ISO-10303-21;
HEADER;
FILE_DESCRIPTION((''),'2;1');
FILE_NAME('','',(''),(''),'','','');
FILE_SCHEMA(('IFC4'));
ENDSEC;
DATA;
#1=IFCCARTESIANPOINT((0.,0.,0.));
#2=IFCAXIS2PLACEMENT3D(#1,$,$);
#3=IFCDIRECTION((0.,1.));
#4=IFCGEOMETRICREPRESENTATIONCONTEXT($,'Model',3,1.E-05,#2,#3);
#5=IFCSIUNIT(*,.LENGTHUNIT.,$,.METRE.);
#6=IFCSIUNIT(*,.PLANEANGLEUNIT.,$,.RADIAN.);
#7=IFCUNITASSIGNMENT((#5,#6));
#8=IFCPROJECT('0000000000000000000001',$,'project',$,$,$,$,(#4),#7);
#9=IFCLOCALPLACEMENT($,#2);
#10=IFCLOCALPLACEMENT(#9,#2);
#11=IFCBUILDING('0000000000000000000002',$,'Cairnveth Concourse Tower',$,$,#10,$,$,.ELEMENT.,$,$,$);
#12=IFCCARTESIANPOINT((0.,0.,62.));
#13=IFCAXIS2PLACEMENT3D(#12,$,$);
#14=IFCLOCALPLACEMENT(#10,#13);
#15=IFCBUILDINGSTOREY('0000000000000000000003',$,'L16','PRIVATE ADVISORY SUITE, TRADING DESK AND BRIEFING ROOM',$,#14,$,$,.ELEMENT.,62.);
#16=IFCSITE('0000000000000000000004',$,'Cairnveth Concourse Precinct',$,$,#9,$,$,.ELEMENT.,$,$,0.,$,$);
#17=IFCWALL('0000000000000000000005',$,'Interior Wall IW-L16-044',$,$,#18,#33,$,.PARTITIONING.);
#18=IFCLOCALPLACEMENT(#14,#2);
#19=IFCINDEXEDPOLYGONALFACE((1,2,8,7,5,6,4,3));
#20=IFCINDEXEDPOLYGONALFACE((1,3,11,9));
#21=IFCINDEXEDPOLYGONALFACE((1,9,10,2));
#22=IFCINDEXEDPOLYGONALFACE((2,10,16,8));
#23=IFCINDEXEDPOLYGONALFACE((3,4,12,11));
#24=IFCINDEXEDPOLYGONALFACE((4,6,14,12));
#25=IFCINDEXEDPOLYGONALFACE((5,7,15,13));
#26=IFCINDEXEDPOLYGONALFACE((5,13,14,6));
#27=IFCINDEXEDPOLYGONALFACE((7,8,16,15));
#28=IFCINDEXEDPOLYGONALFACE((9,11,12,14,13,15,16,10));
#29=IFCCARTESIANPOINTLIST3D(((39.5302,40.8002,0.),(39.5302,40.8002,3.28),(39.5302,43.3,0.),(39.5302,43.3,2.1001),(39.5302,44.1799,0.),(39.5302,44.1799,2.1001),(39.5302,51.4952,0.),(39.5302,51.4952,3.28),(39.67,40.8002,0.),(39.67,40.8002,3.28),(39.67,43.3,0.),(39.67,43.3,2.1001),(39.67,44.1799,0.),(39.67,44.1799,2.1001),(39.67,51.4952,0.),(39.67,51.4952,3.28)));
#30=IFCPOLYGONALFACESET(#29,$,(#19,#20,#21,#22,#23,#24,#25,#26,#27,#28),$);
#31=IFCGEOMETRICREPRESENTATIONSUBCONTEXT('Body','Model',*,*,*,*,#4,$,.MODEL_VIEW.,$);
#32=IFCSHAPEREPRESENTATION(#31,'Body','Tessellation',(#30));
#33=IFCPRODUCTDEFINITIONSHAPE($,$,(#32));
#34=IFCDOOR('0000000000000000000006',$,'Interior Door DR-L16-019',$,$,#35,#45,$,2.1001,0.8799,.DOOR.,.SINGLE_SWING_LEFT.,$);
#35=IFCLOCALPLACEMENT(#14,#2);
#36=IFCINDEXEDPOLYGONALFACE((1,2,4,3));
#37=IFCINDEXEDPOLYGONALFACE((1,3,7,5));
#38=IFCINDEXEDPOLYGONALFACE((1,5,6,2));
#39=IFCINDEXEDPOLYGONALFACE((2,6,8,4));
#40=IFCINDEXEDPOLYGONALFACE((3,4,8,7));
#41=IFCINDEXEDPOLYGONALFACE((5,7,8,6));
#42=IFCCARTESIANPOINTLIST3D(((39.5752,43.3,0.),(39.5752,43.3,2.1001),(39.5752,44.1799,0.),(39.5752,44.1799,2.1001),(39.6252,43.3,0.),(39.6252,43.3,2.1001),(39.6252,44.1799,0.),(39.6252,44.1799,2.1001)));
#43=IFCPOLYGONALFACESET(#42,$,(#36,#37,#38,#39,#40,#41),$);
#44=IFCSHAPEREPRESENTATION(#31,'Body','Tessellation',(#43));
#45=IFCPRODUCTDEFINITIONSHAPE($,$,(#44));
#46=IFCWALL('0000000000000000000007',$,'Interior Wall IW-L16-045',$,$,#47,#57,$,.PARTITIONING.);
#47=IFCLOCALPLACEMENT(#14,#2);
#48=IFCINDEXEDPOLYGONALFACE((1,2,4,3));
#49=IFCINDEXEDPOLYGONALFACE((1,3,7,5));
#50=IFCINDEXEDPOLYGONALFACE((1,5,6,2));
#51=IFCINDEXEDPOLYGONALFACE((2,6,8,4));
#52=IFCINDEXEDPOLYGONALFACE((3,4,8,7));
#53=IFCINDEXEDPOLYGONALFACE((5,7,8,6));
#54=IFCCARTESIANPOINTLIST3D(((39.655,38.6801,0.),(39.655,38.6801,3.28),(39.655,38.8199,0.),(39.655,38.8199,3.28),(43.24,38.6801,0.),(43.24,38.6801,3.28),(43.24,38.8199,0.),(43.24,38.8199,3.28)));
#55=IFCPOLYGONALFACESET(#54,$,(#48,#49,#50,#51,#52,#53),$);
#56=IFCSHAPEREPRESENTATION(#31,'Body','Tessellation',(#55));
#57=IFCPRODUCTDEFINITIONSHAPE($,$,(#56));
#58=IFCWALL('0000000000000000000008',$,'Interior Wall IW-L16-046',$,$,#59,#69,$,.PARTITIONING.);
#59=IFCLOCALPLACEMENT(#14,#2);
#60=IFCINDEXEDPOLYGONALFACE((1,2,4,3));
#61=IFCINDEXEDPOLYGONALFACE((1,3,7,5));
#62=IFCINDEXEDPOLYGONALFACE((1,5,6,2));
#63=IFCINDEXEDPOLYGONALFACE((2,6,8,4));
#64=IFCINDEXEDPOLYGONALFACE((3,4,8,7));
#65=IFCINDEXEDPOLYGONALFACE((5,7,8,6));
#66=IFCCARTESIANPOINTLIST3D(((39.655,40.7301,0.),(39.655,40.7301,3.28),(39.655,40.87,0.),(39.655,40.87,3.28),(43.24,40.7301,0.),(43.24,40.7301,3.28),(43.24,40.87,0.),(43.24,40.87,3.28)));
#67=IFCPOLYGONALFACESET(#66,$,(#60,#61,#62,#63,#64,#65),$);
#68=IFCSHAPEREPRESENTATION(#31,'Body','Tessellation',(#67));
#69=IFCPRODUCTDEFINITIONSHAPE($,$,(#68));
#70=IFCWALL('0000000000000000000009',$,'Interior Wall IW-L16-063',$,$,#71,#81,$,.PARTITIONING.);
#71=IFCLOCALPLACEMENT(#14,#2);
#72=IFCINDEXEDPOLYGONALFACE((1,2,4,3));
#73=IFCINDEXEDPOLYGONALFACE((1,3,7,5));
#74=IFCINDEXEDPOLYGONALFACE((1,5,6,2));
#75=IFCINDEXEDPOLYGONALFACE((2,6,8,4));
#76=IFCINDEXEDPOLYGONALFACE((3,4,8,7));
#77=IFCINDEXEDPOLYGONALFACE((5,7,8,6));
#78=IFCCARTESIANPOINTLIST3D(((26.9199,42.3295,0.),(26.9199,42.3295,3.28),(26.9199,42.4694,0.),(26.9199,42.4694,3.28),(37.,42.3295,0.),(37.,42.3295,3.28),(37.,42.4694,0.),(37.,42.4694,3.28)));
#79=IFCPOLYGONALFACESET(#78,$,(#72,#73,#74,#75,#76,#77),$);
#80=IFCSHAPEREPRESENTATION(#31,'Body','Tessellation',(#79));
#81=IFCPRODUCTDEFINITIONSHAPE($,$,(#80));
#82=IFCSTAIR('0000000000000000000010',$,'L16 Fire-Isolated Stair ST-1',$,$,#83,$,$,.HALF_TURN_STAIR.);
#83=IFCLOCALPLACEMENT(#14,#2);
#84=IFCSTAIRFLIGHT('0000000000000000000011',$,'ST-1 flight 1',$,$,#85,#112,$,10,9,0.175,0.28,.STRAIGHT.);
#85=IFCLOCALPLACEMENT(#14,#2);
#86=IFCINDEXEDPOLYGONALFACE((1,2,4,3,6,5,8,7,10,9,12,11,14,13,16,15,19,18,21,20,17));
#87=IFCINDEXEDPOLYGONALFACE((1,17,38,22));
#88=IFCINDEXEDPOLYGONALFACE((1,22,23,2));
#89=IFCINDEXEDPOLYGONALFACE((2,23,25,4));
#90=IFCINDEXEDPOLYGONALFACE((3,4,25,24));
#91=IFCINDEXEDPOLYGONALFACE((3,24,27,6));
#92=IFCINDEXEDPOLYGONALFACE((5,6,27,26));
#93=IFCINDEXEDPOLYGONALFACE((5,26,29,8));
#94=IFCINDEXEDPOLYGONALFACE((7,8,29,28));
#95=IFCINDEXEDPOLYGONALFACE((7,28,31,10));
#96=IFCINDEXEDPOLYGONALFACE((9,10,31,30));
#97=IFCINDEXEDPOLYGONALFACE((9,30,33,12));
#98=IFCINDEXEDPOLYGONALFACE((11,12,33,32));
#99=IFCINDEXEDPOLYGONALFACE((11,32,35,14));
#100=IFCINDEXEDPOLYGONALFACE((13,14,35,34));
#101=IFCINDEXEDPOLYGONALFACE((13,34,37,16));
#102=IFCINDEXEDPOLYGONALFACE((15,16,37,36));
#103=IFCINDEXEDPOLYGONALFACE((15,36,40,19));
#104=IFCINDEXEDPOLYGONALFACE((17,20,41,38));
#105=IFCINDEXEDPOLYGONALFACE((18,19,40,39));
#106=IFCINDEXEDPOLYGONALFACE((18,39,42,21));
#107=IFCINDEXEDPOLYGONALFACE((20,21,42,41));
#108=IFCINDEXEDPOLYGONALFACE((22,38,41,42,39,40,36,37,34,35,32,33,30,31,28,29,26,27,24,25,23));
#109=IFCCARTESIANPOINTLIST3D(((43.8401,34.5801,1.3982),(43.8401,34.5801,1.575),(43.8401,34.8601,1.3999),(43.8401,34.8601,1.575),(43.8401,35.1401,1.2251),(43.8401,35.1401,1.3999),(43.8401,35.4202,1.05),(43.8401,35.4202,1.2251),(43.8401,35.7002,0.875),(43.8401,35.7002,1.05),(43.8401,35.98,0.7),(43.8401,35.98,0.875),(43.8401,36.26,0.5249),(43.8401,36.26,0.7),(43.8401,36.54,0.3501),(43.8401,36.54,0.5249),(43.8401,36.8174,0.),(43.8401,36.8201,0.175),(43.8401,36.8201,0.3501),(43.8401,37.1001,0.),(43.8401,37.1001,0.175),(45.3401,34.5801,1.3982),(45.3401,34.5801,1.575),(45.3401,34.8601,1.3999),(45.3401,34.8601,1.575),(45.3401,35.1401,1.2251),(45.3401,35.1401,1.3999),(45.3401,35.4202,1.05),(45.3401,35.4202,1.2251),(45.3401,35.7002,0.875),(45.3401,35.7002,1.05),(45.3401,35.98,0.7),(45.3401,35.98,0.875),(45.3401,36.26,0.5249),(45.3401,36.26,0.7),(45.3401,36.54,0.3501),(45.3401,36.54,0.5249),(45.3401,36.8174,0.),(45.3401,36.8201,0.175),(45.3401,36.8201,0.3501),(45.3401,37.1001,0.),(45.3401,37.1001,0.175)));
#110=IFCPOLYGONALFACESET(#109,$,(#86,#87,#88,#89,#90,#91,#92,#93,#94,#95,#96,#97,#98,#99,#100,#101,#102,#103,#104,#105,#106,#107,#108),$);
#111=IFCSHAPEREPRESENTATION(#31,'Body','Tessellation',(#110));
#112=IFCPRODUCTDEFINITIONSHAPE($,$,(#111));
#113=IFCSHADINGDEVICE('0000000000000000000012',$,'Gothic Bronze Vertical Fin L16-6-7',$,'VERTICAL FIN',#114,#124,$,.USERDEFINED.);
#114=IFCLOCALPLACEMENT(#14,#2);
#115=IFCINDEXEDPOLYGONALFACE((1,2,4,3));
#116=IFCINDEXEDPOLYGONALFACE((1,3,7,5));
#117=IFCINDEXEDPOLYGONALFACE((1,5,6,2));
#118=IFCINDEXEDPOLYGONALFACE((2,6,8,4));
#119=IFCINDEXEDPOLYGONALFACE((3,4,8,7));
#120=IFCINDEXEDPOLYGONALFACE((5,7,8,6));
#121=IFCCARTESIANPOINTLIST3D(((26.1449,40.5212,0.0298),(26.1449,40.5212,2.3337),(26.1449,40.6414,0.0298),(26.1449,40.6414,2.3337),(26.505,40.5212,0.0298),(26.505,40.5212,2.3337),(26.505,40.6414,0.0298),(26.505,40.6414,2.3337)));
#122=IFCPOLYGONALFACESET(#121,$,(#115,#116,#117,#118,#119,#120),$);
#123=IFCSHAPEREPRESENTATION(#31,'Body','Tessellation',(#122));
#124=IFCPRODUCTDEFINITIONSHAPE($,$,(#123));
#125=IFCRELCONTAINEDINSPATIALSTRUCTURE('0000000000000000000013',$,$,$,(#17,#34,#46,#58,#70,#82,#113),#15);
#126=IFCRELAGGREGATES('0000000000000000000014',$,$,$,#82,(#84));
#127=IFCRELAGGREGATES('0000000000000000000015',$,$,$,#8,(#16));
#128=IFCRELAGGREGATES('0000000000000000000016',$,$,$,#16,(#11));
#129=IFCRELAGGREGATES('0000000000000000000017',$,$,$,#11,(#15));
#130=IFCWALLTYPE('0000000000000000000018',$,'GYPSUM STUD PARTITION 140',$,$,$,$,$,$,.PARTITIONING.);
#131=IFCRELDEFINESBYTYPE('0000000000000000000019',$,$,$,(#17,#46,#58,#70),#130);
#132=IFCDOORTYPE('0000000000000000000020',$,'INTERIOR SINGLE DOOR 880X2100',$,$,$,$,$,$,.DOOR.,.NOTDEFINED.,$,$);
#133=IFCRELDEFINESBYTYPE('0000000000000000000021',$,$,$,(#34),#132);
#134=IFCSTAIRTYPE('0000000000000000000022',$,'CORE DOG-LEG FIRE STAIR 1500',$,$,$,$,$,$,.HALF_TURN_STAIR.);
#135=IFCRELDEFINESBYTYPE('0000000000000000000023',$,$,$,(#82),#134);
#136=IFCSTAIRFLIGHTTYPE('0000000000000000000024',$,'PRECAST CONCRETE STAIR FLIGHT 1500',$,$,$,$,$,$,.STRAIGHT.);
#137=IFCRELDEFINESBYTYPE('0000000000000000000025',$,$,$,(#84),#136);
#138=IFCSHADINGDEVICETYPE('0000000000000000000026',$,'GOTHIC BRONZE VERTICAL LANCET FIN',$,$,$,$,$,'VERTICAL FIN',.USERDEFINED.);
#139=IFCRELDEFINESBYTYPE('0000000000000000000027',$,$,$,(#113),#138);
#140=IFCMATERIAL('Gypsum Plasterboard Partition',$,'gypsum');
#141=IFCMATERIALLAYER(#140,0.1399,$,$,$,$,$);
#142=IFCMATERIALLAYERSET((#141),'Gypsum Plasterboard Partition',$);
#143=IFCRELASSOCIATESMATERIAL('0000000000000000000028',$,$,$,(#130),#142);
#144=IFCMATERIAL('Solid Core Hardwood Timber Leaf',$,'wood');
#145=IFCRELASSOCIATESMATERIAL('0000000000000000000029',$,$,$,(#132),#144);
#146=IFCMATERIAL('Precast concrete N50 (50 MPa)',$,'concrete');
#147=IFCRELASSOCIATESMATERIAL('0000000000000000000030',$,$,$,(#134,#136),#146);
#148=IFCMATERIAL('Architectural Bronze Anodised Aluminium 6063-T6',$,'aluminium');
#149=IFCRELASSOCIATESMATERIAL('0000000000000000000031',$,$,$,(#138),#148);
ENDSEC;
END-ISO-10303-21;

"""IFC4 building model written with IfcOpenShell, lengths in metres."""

from ifc_helpers import new_model, si_unit, direction, frame, frame_2d, origin, origin_2d, place, context, subcontext, project, spatial, polyline, rectangle, outline, extrude, material, layer, layer_set, type_object, element, fill, aggregate, save


model = new_model("IFC4")

# Units and contexts
model_context = context("Model", 3, precision=1e-05, world=origin(), true_north=direction((0.0, 1.0)))
body_context = subcontext(model_context, "Body", "Model", "MODEL_VIEW")
ifc_project = project(units=[si_unit("LENGTHUNIT", "METRE"), si_unit("PLANEANGLEUNIT", "RADIAN")], contexts=[model_context])

# Site, building, storey
site_placement = place(None, origin())
site = spatial("IfcSite", under=ifc_project, at=site_placement, Name="Cairnveth Concourse Precinct", CompositionType="ELEMENT", RefElevation=0.0)
building_placement = place(site_placement, origin())
building = spatial("IfcBuilding", under=site, at=building_placement, Name="Cairnveth Concourse Tower", CompositionType="ELEMENT")
storey_placement = place(building_placement, frame((0.0, 0.0, 62.0)))
storey = spatial("IfcBuildingStorey", under=building, at=storey_placement, Name="L16", Description="PRIVATE ADVISORY SUITE, TRADING DESK AND BRIEFING ROOM", CompositionType="ELEMENT", Elevation=62.0)

# Shared definitions
ifc_material_1 = material(Name="Architectural Bronze Anodised Aluminium 6063-T6", Category="aluminium")

# Wall, opening, door
ifc_material_2 = material(Name="Gypsum Plasterboard Partition", Category="gypsum")
ifc_layer_1 = layer(ifc_material_2, 0.1399)
ifc_layer_set_1 = layer_set([ifc_layer_1], Name="Gypsum Plasterboard Partition")
wall_type_1 = type_object("IfcWallType", Name="GYPSUM STUD PARTITION 140", PredefinedType="PARTITIONING", material=ifc_layer_set_1)
wall_1_placement = place(storey_placement, frame((39.6001, 40.8, 0.0), z_axis=(0.0, 0.0, 1.0), x_axis=(0.0, 1.0, 0.0)))
wall_1 = element("IfcWall", 1, at=wall_1_placement, inside=storey, type_object=wall_type_1, Name="Interior Wall IW-L16-044", PredefinedType="PARTITIONING", context=body_context, shape_type="SweptSolid", body=[
    extrude(rectangle(XDim=10.6951, YDim=0.1399, at=frame_2d((5.3477, 0.0))), origin(), (0.0, 0.0, 1.0), 3.28),
])
opening_1_placement = place(wall_1_placement, frame((2.5, 0.0, 0.0)))
opening_1 = element("IfcOpeningElement", 2, at=opening_1_placement, cuts=wall_1, PredefinedType="OPENING", context=body_context, shape_type="SweptSolid", body=[
    extrude(rectangle(XDim=0.8799, YDim=2.1001, at=frame_2d((0.4399, 1.05))), frame((0.0, 0.0798, 0.0), z_axis=(0.0, -1.0, 0.0), x_axis=(1.0, 0.0, 0.0)), (0.0, 0.0, 1.0), 0.1599),
])
ifc_material_3 = material(Name="Solid Core Hardwood Timber Leaf", Category="wood")
door_type_1 = type_object("IfcDoorType", Name="INTERIOR SINGLE DOOR 880X2100", OperationType="NOTDEFINED", PredefinedType="DOOR", material=ifc_material_3)
door_1_placement = place(opening_1_placement, origin())
door_1 = element("IfcDoor", 3, at=door_1_placement, inside=storey, type_object=door_type_1, Name="Interior Door DR-L16-019", OperationType="SINGLE_SWING_LEFT", OverallHeight=2.1001, OverallWidth=0.8799, PredefinedType="DOOR", context=body_context, shape_type="SweptSolid", body=[
    extrude(rectangle(XDim=0.8799, YDim=2.1001, at=frame_2d((0.4399, 1.05))), frame((0.0, 0.0249, 0.0), z_axis=(0.0, -1.0, 0.0), x_axis=(1.0, 0.0, 0.0)), (0.0, 0.0, 1.0), 0.05),
])
fill(opening_1, door_1)

# Walls
for number, where, z_axis, x_axis, name in (
    (4, (39.655, 38.75, 0.0), (0.0, 0.0, 1.0), (1.0, 0.0, 0.0), "Interior Wall IW-L16-045"),
    (5, (39.655, 40.8, 0.0), (0.0, 0.0, 1.0), (1.0, 0.0, 0.0), "Interior Wall IW-L16-046"),
):
    element("IfcWall", number, at=place(storey_placement, frame(where, z_axis=z_axis, x_axis=x_axis)), inside=storey, type_object=wall_type_1, Name=name, PredefinedType="PARTITIONING", context=body_context, shape_type="SweptSolid", body=[
        extrude(rectangle(XDim=3.585, YDim=0.1399, at=frame_2d((1.7925, 0.0))), origin(), (0.0, 0.0, 1.0), 3.28),
    ])
wall_2_placement = place(storey_placement, frame((26.9199, 42.3994, 0.0), z_axis=(0.0, 0.0, 1.0), x_axis=(1.0, 0.0, 0.0)))
element("IfcWall", 6, at=wall_2_placement, inside=storey, type_object=wall_type_1, Name="Interior Wall IW-L16-063", PredefinedType="PARTITIONING", context=body_context, shape_type="SweptSolid", body=[
    extrude(rectangle(XDim=10.0801, YDim=0.1399, at=frame_2d((5.04, 0.0))), origin(), (0.0, 0.0, 1.0), 3.28),
])

# Stair, stair flight
ifc_material_4 = material(Name="Precast concrete N50 (50 MPa)", Category="concrete")
stair_type = type_object("IfcStairType", Name="CORE DOG-LEG FIRE STAIR 1500", PredefinedType="HALF_TURN_STAIR", material=ifc_material_4)
stair_placement = place(storey_placement, origin())
stair = element("IfcStair", 7, at=stair_placement, inside=storey, type_object=stair_type, Name="L16 Fire-Isolated Stair ST-1", PredefinedType="HALF_TURN_STAIR")
stair_flight_type = type_object("IfcStairFlightType", Name="PRECAST CONCRETE STAIR FLIGHT 1500", PredefinedType="STRAIGHT", material=ifc_material_4)
stair_flight_placement = place(storey_placement, frame((44.5901, 37.1001, 0.0), z_axis=(0.0, 0.0, 1.0), x_axis=(0.0, -1.0, 0.0)))
stair_flight = element("IfcStairFlight", 8, at=stair_flight_placement, type_object=stair_flight_type, Name="ST-1 flight 1", NumberOfRisers=10, NumberOfTreads=9, PredefinedType="STRAIGHT", RiserHeight=0.175, TreadLength=0.28, context=body_context, shape_type="SweptSolid", body=[
    extrude(outline(polyline([(0.0, 0.0), (0.0, 0.175), (0.28, 0.175), (0.28, 0.3501), (0.5601, 0.3501), (0.5601, 0.5249), (0.8401, 0.5249), (0.8401, 0.7), (1.1201, 0.7), (1.1201, 0.875), (1.3999, 0.875), (1.3999, 1.05), (1.6799, 1.05), (1.6799, 1.2251), (1.96, 1.2251), (1.96, 1.3999), (2.24, 1.3999), (2.24, 1.575), (2.52, 1.575), (2.52, 1.75), (2.52, 1.3982), (0.2827, 0.0), (0.0, 0.0)])), frame((0.0, 0.75, 0.0), z_axis=(0.0, -1.0, 0.0), x_axis=(1.0, 0.0, 0.0)), (0.0, 0.0, 1.0), 1.5),
])
aggregate(stair, [stair_flight])

# Shading device
shading_device_type = type_object("IfcShadingDeviceType", Name="GOTHIC BRONZE VERTICAL LANCET FIN", ElementType="VERTICAL FIN", PredefinedType="USERDEFINED", material=ifc_material_1)
shading_device_placement = place(storey_placement, frame((26.325, 40.5813, 0.0298), z_axis=(0.0, 0.0, 1.0), x_axis=(0.0, 1.0, 0.0)))
element("IfcShadingDevice", 9, at=shading_device_placement, inside=storey, type_object=shading_device_type, Name="Gothic Bronze Vertical Fin L16-6-7", ObjectType="VERTICAL FIN", PredefinedType="USERDEFINED", context=body_context, shape_type="SweptSolid", body=[
    extrude(rectangle(XDim=0.1201, YDim=0.3601, at=origin_2d()), origin(), (0.0, 0.0, 1.0), 2.304),
])

save(model, "model.ifc")
